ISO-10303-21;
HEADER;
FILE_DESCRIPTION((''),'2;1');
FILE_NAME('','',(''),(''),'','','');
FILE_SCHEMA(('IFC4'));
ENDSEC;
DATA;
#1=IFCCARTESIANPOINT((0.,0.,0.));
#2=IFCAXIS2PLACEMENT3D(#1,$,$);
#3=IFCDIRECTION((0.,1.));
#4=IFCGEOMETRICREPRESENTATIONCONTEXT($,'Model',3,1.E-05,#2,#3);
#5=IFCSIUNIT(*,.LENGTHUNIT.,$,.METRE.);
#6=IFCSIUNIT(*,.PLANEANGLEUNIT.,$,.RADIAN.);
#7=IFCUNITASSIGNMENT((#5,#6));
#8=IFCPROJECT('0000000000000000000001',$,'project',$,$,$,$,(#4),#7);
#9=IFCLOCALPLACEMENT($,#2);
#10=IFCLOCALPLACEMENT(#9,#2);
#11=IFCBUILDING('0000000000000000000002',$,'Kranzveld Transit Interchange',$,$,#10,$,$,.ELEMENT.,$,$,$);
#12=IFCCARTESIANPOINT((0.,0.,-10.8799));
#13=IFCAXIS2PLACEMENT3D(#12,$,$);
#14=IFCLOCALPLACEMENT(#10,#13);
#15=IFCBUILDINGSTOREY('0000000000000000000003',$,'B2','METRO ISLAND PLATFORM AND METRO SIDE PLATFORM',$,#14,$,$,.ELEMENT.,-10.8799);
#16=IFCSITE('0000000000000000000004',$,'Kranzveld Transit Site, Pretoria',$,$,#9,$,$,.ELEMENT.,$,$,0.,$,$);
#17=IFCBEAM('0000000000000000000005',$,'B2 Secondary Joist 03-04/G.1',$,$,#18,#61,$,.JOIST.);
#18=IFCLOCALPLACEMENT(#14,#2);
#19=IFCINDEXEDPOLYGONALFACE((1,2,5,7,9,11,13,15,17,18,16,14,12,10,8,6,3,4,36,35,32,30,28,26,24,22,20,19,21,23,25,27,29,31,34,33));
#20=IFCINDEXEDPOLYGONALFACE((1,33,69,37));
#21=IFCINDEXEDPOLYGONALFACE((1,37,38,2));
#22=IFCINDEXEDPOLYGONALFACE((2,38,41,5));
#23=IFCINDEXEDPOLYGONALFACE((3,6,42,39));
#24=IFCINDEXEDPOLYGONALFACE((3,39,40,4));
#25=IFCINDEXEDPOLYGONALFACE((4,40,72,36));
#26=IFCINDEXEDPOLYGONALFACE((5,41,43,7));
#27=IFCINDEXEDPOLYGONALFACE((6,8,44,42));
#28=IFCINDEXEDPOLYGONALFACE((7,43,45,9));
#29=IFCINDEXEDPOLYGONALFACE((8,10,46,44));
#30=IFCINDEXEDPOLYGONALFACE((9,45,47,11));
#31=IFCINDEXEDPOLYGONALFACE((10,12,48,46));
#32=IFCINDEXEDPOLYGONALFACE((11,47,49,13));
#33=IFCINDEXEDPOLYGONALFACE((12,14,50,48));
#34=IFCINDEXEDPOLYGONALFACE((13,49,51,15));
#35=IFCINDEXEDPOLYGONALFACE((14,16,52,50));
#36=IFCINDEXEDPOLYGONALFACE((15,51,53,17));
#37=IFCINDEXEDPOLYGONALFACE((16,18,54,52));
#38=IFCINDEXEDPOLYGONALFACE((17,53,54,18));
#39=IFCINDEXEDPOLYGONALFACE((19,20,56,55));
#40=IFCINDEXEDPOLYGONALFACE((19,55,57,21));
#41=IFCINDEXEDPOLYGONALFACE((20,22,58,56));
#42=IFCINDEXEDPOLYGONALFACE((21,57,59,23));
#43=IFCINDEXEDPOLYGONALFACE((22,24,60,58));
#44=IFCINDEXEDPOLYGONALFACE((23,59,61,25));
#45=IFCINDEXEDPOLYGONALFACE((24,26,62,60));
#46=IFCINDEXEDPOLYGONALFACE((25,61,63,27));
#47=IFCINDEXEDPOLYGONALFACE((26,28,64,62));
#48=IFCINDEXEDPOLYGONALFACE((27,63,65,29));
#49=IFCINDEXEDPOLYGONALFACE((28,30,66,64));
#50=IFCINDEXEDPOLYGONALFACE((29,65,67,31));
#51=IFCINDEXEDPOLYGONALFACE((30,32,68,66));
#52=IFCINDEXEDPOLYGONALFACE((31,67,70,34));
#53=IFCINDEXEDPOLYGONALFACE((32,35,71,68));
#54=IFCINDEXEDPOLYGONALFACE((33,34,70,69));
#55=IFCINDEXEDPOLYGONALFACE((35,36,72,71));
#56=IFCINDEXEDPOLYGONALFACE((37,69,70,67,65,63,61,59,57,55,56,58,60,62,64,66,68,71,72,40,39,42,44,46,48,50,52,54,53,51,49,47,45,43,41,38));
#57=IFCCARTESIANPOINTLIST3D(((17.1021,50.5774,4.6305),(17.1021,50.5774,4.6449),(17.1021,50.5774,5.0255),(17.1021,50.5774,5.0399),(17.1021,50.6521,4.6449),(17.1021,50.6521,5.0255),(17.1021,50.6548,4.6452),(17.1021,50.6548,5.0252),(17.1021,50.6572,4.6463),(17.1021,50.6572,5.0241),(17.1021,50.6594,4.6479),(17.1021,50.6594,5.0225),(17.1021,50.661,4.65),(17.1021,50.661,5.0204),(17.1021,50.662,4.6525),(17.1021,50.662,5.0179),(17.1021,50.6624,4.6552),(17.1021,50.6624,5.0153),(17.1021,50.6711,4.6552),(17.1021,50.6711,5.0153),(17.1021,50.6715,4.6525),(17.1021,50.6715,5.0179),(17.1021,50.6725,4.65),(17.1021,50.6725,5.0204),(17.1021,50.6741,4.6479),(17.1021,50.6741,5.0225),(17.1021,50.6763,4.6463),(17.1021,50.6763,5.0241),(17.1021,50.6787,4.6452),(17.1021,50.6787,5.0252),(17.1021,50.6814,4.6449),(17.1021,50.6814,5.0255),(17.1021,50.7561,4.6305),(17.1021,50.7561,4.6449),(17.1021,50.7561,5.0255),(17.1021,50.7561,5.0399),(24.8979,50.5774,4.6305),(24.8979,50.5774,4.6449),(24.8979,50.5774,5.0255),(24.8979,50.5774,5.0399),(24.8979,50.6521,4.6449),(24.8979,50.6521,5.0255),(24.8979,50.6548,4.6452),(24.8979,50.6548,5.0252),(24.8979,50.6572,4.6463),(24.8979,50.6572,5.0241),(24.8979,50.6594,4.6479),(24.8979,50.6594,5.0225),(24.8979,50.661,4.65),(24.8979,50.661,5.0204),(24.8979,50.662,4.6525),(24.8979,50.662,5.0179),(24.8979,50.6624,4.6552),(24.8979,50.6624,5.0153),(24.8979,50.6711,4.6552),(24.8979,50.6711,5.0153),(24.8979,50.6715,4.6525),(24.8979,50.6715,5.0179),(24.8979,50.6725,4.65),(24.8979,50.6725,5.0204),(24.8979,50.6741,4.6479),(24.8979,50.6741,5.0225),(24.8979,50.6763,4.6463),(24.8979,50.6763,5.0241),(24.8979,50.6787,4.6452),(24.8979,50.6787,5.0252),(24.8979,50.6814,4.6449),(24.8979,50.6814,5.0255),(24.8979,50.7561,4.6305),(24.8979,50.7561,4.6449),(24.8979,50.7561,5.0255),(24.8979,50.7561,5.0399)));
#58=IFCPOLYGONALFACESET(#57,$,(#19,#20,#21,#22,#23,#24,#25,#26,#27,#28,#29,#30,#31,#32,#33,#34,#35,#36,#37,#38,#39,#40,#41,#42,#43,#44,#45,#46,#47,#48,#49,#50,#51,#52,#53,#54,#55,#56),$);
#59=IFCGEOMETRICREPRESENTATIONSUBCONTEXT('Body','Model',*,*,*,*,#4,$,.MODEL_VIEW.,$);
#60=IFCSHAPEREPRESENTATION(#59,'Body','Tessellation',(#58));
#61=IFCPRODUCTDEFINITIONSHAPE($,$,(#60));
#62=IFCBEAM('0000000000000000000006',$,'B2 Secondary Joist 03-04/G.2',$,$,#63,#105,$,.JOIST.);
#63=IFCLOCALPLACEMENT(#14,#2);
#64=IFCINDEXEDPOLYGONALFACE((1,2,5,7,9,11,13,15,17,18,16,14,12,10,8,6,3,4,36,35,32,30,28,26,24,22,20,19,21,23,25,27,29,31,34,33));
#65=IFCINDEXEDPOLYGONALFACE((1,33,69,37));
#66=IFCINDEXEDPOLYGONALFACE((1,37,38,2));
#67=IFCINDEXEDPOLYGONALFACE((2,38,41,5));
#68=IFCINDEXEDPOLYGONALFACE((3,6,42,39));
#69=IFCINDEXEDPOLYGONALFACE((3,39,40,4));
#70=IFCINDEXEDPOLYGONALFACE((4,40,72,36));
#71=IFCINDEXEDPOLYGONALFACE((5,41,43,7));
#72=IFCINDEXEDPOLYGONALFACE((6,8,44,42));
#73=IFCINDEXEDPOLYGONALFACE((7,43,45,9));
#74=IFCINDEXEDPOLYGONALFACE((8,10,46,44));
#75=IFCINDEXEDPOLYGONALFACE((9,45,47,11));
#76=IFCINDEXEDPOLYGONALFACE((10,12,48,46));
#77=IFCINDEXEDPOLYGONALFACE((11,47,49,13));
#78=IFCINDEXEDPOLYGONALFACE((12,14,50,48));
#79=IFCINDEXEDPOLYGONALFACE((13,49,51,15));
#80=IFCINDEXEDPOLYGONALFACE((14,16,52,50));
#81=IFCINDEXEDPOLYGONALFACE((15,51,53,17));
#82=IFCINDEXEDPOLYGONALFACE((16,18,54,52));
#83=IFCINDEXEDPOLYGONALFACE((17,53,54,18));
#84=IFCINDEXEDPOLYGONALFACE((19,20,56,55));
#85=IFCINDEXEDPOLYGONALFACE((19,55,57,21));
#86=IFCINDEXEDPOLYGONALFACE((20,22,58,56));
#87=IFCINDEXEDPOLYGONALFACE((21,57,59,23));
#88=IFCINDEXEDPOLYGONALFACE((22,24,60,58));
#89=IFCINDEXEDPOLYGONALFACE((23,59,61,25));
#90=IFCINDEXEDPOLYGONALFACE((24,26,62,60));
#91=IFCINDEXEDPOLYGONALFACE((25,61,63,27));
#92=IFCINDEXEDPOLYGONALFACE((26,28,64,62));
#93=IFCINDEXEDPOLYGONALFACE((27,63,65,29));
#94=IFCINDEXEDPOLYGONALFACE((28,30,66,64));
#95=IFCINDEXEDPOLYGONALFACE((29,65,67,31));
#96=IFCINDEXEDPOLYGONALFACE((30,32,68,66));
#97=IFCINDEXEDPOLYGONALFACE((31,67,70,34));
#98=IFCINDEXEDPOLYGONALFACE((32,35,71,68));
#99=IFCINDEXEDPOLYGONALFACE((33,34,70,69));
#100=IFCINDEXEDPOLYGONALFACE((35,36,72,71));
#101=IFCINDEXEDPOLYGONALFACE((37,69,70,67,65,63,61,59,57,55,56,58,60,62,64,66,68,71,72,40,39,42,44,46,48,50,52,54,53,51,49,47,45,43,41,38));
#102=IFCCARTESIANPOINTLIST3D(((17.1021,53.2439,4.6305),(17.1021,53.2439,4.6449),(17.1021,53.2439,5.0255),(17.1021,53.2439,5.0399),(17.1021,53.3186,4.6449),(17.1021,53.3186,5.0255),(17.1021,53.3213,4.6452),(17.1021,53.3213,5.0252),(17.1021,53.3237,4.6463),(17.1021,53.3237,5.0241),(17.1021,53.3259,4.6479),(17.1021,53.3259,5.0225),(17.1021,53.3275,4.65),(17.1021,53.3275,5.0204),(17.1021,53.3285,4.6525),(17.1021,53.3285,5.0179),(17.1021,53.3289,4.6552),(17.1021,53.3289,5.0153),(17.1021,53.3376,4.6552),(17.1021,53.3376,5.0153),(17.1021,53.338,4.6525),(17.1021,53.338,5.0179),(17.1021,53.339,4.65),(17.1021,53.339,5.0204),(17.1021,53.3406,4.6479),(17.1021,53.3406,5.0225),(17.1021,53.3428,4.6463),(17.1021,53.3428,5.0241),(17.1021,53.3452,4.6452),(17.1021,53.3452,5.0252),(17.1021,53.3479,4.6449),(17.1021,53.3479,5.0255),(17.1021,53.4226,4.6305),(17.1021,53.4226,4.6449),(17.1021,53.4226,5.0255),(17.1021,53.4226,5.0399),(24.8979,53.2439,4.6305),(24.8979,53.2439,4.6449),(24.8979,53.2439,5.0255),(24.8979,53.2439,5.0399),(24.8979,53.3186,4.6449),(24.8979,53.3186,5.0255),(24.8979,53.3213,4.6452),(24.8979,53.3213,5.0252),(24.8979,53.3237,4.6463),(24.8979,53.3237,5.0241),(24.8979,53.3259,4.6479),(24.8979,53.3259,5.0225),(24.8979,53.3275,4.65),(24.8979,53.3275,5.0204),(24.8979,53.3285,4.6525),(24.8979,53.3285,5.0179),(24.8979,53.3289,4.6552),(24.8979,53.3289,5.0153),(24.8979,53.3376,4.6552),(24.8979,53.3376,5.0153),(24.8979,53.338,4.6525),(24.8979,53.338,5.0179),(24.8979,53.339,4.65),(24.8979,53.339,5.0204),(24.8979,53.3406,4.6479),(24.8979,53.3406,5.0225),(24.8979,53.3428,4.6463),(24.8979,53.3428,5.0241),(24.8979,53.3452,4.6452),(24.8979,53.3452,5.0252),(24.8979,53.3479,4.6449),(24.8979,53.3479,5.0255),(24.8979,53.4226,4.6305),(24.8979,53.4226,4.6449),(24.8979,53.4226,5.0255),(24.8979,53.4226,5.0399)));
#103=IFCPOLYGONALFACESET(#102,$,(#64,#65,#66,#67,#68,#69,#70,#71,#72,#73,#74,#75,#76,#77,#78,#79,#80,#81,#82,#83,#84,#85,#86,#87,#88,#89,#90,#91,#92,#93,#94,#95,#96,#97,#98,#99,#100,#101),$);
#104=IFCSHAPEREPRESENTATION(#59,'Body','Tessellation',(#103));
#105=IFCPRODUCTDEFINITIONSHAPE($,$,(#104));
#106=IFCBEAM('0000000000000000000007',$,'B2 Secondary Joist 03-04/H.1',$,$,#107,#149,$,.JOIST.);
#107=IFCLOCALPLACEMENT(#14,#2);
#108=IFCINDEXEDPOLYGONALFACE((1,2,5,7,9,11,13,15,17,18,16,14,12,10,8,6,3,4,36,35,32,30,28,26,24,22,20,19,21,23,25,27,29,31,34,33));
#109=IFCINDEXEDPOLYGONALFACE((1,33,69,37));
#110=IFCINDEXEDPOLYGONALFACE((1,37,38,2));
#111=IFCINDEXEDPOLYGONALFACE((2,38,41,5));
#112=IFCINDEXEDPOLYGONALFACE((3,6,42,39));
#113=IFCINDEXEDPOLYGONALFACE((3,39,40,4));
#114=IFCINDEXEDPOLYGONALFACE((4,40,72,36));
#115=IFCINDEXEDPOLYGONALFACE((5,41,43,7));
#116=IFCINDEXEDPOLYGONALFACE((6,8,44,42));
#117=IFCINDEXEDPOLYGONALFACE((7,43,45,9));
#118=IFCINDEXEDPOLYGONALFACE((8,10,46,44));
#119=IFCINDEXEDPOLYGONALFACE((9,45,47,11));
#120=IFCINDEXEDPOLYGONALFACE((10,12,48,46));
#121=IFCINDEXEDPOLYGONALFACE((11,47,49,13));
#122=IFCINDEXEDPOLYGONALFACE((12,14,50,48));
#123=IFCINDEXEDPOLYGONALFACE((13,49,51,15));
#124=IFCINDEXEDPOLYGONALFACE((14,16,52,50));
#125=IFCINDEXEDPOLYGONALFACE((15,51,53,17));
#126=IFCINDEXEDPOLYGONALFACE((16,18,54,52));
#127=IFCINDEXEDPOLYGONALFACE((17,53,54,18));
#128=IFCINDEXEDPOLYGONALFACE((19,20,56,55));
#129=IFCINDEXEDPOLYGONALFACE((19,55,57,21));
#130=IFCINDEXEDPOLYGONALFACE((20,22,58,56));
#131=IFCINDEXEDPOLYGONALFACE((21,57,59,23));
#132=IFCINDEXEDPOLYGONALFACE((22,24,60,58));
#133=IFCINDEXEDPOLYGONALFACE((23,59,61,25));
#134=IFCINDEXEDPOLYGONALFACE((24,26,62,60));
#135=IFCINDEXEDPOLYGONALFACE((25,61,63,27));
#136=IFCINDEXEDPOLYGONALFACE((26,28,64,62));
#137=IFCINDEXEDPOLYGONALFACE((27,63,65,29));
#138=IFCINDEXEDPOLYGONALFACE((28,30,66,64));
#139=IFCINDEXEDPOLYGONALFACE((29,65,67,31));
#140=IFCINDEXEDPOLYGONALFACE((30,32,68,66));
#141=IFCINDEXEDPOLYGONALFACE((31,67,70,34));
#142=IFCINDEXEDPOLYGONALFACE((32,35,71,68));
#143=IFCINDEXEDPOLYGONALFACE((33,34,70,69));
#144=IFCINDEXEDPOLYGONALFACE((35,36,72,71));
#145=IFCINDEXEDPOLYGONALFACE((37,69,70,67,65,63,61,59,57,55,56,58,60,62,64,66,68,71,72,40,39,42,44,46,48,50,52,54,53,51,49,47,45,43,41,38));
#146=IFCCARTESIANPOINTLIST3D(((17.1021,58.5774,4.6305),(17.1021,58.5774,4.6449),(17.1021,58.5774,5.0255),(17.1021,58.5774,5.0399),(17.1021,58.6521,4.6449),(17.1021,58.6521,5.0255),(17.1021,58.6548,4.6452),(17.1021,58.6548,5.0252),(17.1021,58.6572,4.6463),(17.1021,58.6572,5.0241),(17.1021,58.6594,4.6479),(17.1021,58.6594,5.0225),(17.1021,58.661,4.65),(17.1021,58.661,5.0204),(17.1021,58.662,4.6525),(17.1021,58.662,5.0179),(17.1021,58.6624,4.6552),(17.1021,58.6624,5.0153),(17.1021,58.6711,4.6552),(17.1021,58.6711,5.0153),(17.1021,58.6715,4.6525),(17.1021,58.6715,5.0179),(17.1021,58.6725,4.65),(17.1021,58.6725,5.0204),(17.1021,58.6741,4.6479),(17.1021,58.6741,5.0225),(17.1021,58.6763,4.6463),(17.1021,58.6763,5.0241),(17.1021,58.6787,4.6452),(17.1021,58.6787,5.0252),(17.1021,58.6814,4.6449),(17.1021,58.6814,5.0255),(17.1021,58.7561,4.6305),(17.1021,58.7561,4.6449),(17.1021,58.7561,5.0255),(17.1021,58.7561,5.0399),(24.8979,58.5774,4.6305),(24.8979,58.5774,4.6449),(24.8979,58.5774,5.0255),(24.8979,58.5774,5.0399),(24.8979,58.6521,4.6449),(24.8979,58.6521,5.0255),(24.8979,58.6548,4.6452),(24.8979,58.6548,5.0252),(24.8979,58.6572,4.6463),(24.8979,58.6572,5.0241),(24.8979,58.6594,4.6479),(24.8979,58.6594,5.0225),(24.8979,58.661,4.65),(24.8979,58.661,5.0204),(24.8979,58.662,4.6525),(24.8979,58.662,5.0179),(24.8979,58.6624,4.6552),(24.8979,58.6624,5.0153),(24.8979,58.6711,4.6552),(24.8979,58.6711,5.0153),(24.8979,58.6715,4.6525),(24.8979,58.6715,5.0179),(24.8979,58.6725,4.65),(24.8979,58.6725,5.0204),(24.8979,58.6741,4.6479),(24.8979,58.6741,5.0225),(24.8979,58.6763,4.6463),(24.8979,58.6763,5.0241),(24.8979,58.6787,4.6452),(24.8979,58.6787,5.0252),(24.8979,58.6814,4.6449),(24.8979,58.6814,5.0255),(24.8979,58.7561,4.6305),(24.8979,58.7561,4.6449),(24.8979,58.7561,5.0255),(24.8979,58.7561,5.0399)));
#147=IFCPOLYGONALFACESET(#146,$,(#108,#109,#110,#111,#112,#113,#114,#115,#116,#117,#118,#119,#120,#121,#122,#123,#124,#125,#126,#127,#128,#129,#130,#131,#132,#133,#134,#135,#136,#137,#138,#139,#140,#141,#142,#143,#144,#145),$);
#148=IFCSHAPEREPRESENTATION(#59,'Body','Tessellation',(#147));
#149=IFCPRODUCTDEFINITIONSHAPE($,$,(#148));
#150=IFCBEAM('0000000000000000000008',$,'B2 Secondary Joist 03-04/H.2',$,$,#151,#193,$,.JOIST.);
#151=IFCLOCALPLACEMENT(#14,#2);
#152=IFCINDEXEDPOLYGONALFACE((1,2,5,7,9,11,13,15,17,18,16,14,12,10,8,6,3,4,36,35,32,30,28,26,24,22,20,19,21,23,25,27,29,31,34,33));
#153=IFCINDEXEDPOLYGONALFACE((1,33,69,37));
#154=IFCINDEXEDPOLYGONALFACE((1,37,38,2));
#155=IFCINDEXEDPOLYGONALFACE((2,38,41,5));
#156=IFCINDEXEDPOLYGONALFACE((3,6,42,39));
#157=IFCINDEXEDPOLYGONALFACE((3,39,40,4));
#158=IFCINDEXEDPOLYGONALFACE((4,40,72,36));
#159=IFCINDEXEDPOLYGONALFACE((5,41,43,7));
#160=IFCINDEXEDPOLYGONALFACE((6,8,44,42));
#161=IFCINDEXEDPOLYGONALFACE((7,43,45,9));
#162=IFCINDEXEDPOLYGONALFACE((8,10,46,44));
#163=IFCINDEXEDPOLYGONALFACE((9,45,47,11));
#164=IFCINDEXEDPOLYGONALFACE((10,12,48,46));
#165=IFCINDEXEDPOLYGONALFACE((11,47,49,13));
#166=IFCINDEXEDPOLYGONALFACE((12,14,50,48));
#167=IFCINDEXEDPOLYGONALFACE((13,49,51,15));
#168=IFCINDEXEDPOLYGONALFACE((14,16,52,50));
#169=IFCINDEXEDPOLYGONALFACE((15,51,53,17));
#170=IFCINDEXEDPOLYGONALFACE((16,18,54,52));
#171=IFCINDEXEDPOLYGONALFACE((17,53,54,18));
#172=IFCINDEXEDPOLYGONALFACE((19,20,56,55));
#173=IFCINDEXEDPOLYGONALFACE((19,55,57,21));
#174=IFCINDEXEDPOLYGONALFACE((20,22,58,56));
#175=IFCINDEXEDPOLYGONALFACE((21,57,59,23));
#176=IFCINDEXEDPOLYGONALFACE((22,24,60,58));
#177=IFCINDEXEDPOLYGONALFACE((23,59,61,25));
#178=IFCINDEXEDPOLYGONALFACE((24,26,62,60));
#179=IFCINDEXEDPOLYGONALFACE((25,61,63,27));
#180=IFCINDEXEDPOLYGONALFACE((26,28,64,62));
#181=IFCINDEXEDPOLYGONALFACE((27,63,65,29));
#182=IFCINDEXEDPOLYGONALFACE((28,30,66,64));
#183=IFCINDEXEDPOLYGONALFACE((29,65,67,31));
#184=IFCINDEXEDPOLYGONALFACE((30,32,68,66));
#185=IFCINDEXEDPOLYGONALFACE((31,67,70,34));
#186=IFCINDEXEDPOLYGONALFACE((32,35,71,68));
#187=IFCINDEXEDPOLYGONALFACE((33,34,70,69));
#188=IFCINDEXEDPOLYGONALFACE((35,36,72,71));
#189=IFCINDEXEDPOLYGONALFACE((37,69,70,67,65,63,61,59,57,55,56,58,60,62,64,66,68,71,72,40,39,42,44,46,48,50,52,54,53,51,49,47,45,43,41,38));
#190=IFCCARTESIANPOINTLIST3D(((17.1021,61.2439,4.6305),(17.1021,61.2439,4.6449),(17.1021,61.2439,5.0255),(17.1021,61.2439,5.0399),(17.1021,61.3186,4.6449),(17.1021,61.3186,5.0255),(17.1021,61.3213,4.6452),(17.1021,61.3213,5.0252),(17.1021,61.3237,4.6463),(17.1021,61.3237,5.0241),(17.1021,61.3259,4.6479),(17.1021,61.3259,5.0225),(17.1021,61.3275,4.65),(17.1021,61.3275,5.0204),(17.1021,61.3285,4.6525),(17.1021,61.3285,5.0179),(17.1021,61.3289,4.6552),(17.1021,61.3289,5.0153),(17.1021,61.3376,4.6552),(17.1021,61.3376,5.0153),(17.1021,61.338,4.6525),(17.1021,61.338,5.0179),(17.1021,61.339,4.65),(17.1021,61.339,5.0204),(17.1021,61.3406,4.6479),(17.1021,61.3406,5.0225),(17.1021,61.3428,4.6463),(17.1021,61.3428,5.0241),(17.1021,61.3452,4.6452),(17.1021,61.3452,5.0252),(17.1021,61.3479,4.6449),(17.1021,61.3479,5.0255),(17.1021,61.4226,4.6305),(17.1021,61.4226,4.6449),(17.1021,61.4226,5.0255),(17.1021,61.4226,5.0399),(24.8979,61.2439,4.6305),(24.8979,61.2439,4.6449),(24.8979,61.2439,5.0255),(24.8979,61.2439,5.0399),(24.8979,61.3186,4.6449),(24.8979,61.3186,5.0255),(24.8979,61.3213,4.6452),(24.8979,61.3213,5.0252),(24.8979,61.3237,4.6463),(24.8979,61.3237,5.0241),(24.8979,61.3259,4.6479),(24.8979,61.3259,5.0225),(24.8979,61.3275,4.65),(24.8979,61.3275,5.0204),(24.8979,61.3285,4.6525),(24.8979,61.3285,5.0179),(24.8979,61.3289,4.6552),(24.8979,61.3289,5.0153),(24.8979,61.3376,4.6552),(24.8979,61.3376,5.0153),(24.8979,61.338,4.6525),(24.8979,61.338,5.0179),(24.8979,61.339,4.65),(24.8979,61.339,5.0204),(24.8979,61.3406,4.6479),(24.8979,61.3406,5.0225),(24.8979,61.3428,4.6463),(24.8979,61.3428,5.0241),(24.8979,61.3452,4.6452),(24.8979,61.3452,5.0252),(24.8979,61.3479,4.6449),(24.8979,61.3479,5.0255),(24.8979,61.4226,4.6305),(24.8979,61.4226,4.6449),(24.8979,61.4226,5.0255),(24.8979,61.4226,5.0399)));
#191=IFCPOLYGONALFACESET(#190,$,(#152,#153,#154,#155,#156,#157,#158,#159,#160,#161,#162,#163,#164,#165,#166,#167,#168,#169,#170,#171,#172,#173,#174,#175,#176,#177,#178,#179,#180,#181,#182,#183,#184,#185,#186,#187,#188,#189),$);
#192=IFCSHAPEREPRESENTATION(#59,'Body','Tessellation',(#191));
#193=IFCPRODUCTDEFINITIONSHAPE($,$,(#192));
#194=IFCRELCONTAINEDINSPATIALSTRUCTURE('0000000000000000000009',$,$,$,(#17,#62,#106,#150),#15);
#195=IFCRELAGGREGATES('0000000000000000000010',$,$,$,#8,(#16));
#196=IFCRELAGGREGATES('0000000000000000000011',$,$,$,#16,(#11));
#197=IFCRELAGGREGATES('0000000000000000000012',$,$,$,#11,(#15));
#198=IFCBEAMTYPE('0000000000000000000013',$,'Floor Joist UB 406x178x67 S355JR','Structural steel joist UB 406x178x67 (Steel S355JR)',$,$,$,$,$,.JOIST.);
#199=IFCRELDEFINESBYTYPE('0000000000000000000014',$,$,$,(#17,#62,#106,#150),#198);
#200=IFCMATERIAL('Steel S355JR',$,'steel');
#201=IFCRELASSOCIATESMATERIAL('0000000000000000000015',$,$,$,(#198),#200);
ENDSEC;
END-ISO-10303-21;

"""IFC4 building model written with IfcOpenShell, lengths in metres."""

from ifc_helpers import new_model, si_unit, direction, frame, origin, origin_2d, place, context, subcontext, project, spatial, i_section, extrude, material, material_profile, profile_set, type_object, element, save


model = new_model("IFC4")

# Units and contexts
model_context = context("Model", 3, precision=1e-05, world=origin(), true_north=direction((0.0, 1.0)))
body_context = subcontext(model_context, "Body", "Model", "MODEL_VIEW")
ifc_project = project(units=[si_unit("LENGTHUNIT", "METRE"), si_unit("PLANEANGLEUNIT", "RADIAN")], contexts=[model_context])

# Site, building, storey
site_placement = place(None, origin())
site = spatial("IfcSite", under=ifc_project, at=site_placement, Name="Kranzveld Transit Site, Pretoria", CompositionType="ELEMENT", RefElevation=0.0)
building_placement = place(site_placement, origin())
building = spatial("IfcBuilding", under=site, at=building_placement, Name="Kranzveld Transit Interchange", CompositionType="ELEMENT")
storey_placement = place(building_placement, frame((0.0, 0.0, -10.8799)))
storey = spatial("IfcBuildingStorey", under=building, at=storey_placement, Name="B2", Description="METRO ISLAND PLATFORM AND METRO SIDE PLATFORM", CompositionType="ELEMENT", Elevation=-10.8799)

# Beams
ifc_material_1 = material(Name="Steel S355JR", Category="steel")
ifc_material_profile_1 = material_profile(ifc_material_1, i_section(OverallWidth=0.1787, OverallDepth=0.4094, WebThickness=0.0088, FlangeThickness=0.0144, FilletRadius=0.0103, at=origin_2d()), Name="UB 406x178x67")
ifc_profile_set_1 = profile_set([ifc_material_profile_1], Name="Steel S355JR")
beam_type_1 = type_object("IfcBeamType", Name="Floor Joist UB 406x178x67 S355JR", Description="Structural steel joist UB 406x178x67 (Steel S355JR)", PredefinedType="JOIST", material=ifc_profile_set_1)
for number, where, z_axis, x_axis, name in (
    (1, (17.1021, 50.6667, 4.8352), (1.0, 0.0, 0.0), (0.0, 1.0, 0.0), "B2 Secondary Joist 03-04/G.1"),
    (2, (17.1021, 53.3333, 4.8352), (1.0, 0.0, 0.0), (0.0, 1.0, 0.0), "B2 Secondary Joist 03-04/G.2"),
    (3, (17.1021, 58.6667, 4.8352), (1.0, 0.0, 0.0), (0.0, 1.0, 0.0), "B2 Secondary Joist 03-04/H.1"),
    (4, (17.1021, 61.3333, 4.8352), (1.0, 0.0, 0.0), (0.0, 1.0, 0.0), "B2 Secondary Joist 03-04/H.2"),
):
    element("IfcBeam", number, at=place(storey_placement, frame(where, z_axis=z_axis, x_axis=x_axis)), inside=storey, type_object=beam_type_1, Name=name, PredefinedType="JOIST", context=body_context, shape_type="SweptSolid", body=[
        extrude(i_section(OverallWidth=0.1787, OverallDepth=0.4094, WebThickness=0.0088, FlangeThickness=0.0144, FilletRadius=0.0103, at=origin_2d()), origin(), (0.0, 0.0, 1.0), 7.7959),
    ])

save(model, "model.ifc")
